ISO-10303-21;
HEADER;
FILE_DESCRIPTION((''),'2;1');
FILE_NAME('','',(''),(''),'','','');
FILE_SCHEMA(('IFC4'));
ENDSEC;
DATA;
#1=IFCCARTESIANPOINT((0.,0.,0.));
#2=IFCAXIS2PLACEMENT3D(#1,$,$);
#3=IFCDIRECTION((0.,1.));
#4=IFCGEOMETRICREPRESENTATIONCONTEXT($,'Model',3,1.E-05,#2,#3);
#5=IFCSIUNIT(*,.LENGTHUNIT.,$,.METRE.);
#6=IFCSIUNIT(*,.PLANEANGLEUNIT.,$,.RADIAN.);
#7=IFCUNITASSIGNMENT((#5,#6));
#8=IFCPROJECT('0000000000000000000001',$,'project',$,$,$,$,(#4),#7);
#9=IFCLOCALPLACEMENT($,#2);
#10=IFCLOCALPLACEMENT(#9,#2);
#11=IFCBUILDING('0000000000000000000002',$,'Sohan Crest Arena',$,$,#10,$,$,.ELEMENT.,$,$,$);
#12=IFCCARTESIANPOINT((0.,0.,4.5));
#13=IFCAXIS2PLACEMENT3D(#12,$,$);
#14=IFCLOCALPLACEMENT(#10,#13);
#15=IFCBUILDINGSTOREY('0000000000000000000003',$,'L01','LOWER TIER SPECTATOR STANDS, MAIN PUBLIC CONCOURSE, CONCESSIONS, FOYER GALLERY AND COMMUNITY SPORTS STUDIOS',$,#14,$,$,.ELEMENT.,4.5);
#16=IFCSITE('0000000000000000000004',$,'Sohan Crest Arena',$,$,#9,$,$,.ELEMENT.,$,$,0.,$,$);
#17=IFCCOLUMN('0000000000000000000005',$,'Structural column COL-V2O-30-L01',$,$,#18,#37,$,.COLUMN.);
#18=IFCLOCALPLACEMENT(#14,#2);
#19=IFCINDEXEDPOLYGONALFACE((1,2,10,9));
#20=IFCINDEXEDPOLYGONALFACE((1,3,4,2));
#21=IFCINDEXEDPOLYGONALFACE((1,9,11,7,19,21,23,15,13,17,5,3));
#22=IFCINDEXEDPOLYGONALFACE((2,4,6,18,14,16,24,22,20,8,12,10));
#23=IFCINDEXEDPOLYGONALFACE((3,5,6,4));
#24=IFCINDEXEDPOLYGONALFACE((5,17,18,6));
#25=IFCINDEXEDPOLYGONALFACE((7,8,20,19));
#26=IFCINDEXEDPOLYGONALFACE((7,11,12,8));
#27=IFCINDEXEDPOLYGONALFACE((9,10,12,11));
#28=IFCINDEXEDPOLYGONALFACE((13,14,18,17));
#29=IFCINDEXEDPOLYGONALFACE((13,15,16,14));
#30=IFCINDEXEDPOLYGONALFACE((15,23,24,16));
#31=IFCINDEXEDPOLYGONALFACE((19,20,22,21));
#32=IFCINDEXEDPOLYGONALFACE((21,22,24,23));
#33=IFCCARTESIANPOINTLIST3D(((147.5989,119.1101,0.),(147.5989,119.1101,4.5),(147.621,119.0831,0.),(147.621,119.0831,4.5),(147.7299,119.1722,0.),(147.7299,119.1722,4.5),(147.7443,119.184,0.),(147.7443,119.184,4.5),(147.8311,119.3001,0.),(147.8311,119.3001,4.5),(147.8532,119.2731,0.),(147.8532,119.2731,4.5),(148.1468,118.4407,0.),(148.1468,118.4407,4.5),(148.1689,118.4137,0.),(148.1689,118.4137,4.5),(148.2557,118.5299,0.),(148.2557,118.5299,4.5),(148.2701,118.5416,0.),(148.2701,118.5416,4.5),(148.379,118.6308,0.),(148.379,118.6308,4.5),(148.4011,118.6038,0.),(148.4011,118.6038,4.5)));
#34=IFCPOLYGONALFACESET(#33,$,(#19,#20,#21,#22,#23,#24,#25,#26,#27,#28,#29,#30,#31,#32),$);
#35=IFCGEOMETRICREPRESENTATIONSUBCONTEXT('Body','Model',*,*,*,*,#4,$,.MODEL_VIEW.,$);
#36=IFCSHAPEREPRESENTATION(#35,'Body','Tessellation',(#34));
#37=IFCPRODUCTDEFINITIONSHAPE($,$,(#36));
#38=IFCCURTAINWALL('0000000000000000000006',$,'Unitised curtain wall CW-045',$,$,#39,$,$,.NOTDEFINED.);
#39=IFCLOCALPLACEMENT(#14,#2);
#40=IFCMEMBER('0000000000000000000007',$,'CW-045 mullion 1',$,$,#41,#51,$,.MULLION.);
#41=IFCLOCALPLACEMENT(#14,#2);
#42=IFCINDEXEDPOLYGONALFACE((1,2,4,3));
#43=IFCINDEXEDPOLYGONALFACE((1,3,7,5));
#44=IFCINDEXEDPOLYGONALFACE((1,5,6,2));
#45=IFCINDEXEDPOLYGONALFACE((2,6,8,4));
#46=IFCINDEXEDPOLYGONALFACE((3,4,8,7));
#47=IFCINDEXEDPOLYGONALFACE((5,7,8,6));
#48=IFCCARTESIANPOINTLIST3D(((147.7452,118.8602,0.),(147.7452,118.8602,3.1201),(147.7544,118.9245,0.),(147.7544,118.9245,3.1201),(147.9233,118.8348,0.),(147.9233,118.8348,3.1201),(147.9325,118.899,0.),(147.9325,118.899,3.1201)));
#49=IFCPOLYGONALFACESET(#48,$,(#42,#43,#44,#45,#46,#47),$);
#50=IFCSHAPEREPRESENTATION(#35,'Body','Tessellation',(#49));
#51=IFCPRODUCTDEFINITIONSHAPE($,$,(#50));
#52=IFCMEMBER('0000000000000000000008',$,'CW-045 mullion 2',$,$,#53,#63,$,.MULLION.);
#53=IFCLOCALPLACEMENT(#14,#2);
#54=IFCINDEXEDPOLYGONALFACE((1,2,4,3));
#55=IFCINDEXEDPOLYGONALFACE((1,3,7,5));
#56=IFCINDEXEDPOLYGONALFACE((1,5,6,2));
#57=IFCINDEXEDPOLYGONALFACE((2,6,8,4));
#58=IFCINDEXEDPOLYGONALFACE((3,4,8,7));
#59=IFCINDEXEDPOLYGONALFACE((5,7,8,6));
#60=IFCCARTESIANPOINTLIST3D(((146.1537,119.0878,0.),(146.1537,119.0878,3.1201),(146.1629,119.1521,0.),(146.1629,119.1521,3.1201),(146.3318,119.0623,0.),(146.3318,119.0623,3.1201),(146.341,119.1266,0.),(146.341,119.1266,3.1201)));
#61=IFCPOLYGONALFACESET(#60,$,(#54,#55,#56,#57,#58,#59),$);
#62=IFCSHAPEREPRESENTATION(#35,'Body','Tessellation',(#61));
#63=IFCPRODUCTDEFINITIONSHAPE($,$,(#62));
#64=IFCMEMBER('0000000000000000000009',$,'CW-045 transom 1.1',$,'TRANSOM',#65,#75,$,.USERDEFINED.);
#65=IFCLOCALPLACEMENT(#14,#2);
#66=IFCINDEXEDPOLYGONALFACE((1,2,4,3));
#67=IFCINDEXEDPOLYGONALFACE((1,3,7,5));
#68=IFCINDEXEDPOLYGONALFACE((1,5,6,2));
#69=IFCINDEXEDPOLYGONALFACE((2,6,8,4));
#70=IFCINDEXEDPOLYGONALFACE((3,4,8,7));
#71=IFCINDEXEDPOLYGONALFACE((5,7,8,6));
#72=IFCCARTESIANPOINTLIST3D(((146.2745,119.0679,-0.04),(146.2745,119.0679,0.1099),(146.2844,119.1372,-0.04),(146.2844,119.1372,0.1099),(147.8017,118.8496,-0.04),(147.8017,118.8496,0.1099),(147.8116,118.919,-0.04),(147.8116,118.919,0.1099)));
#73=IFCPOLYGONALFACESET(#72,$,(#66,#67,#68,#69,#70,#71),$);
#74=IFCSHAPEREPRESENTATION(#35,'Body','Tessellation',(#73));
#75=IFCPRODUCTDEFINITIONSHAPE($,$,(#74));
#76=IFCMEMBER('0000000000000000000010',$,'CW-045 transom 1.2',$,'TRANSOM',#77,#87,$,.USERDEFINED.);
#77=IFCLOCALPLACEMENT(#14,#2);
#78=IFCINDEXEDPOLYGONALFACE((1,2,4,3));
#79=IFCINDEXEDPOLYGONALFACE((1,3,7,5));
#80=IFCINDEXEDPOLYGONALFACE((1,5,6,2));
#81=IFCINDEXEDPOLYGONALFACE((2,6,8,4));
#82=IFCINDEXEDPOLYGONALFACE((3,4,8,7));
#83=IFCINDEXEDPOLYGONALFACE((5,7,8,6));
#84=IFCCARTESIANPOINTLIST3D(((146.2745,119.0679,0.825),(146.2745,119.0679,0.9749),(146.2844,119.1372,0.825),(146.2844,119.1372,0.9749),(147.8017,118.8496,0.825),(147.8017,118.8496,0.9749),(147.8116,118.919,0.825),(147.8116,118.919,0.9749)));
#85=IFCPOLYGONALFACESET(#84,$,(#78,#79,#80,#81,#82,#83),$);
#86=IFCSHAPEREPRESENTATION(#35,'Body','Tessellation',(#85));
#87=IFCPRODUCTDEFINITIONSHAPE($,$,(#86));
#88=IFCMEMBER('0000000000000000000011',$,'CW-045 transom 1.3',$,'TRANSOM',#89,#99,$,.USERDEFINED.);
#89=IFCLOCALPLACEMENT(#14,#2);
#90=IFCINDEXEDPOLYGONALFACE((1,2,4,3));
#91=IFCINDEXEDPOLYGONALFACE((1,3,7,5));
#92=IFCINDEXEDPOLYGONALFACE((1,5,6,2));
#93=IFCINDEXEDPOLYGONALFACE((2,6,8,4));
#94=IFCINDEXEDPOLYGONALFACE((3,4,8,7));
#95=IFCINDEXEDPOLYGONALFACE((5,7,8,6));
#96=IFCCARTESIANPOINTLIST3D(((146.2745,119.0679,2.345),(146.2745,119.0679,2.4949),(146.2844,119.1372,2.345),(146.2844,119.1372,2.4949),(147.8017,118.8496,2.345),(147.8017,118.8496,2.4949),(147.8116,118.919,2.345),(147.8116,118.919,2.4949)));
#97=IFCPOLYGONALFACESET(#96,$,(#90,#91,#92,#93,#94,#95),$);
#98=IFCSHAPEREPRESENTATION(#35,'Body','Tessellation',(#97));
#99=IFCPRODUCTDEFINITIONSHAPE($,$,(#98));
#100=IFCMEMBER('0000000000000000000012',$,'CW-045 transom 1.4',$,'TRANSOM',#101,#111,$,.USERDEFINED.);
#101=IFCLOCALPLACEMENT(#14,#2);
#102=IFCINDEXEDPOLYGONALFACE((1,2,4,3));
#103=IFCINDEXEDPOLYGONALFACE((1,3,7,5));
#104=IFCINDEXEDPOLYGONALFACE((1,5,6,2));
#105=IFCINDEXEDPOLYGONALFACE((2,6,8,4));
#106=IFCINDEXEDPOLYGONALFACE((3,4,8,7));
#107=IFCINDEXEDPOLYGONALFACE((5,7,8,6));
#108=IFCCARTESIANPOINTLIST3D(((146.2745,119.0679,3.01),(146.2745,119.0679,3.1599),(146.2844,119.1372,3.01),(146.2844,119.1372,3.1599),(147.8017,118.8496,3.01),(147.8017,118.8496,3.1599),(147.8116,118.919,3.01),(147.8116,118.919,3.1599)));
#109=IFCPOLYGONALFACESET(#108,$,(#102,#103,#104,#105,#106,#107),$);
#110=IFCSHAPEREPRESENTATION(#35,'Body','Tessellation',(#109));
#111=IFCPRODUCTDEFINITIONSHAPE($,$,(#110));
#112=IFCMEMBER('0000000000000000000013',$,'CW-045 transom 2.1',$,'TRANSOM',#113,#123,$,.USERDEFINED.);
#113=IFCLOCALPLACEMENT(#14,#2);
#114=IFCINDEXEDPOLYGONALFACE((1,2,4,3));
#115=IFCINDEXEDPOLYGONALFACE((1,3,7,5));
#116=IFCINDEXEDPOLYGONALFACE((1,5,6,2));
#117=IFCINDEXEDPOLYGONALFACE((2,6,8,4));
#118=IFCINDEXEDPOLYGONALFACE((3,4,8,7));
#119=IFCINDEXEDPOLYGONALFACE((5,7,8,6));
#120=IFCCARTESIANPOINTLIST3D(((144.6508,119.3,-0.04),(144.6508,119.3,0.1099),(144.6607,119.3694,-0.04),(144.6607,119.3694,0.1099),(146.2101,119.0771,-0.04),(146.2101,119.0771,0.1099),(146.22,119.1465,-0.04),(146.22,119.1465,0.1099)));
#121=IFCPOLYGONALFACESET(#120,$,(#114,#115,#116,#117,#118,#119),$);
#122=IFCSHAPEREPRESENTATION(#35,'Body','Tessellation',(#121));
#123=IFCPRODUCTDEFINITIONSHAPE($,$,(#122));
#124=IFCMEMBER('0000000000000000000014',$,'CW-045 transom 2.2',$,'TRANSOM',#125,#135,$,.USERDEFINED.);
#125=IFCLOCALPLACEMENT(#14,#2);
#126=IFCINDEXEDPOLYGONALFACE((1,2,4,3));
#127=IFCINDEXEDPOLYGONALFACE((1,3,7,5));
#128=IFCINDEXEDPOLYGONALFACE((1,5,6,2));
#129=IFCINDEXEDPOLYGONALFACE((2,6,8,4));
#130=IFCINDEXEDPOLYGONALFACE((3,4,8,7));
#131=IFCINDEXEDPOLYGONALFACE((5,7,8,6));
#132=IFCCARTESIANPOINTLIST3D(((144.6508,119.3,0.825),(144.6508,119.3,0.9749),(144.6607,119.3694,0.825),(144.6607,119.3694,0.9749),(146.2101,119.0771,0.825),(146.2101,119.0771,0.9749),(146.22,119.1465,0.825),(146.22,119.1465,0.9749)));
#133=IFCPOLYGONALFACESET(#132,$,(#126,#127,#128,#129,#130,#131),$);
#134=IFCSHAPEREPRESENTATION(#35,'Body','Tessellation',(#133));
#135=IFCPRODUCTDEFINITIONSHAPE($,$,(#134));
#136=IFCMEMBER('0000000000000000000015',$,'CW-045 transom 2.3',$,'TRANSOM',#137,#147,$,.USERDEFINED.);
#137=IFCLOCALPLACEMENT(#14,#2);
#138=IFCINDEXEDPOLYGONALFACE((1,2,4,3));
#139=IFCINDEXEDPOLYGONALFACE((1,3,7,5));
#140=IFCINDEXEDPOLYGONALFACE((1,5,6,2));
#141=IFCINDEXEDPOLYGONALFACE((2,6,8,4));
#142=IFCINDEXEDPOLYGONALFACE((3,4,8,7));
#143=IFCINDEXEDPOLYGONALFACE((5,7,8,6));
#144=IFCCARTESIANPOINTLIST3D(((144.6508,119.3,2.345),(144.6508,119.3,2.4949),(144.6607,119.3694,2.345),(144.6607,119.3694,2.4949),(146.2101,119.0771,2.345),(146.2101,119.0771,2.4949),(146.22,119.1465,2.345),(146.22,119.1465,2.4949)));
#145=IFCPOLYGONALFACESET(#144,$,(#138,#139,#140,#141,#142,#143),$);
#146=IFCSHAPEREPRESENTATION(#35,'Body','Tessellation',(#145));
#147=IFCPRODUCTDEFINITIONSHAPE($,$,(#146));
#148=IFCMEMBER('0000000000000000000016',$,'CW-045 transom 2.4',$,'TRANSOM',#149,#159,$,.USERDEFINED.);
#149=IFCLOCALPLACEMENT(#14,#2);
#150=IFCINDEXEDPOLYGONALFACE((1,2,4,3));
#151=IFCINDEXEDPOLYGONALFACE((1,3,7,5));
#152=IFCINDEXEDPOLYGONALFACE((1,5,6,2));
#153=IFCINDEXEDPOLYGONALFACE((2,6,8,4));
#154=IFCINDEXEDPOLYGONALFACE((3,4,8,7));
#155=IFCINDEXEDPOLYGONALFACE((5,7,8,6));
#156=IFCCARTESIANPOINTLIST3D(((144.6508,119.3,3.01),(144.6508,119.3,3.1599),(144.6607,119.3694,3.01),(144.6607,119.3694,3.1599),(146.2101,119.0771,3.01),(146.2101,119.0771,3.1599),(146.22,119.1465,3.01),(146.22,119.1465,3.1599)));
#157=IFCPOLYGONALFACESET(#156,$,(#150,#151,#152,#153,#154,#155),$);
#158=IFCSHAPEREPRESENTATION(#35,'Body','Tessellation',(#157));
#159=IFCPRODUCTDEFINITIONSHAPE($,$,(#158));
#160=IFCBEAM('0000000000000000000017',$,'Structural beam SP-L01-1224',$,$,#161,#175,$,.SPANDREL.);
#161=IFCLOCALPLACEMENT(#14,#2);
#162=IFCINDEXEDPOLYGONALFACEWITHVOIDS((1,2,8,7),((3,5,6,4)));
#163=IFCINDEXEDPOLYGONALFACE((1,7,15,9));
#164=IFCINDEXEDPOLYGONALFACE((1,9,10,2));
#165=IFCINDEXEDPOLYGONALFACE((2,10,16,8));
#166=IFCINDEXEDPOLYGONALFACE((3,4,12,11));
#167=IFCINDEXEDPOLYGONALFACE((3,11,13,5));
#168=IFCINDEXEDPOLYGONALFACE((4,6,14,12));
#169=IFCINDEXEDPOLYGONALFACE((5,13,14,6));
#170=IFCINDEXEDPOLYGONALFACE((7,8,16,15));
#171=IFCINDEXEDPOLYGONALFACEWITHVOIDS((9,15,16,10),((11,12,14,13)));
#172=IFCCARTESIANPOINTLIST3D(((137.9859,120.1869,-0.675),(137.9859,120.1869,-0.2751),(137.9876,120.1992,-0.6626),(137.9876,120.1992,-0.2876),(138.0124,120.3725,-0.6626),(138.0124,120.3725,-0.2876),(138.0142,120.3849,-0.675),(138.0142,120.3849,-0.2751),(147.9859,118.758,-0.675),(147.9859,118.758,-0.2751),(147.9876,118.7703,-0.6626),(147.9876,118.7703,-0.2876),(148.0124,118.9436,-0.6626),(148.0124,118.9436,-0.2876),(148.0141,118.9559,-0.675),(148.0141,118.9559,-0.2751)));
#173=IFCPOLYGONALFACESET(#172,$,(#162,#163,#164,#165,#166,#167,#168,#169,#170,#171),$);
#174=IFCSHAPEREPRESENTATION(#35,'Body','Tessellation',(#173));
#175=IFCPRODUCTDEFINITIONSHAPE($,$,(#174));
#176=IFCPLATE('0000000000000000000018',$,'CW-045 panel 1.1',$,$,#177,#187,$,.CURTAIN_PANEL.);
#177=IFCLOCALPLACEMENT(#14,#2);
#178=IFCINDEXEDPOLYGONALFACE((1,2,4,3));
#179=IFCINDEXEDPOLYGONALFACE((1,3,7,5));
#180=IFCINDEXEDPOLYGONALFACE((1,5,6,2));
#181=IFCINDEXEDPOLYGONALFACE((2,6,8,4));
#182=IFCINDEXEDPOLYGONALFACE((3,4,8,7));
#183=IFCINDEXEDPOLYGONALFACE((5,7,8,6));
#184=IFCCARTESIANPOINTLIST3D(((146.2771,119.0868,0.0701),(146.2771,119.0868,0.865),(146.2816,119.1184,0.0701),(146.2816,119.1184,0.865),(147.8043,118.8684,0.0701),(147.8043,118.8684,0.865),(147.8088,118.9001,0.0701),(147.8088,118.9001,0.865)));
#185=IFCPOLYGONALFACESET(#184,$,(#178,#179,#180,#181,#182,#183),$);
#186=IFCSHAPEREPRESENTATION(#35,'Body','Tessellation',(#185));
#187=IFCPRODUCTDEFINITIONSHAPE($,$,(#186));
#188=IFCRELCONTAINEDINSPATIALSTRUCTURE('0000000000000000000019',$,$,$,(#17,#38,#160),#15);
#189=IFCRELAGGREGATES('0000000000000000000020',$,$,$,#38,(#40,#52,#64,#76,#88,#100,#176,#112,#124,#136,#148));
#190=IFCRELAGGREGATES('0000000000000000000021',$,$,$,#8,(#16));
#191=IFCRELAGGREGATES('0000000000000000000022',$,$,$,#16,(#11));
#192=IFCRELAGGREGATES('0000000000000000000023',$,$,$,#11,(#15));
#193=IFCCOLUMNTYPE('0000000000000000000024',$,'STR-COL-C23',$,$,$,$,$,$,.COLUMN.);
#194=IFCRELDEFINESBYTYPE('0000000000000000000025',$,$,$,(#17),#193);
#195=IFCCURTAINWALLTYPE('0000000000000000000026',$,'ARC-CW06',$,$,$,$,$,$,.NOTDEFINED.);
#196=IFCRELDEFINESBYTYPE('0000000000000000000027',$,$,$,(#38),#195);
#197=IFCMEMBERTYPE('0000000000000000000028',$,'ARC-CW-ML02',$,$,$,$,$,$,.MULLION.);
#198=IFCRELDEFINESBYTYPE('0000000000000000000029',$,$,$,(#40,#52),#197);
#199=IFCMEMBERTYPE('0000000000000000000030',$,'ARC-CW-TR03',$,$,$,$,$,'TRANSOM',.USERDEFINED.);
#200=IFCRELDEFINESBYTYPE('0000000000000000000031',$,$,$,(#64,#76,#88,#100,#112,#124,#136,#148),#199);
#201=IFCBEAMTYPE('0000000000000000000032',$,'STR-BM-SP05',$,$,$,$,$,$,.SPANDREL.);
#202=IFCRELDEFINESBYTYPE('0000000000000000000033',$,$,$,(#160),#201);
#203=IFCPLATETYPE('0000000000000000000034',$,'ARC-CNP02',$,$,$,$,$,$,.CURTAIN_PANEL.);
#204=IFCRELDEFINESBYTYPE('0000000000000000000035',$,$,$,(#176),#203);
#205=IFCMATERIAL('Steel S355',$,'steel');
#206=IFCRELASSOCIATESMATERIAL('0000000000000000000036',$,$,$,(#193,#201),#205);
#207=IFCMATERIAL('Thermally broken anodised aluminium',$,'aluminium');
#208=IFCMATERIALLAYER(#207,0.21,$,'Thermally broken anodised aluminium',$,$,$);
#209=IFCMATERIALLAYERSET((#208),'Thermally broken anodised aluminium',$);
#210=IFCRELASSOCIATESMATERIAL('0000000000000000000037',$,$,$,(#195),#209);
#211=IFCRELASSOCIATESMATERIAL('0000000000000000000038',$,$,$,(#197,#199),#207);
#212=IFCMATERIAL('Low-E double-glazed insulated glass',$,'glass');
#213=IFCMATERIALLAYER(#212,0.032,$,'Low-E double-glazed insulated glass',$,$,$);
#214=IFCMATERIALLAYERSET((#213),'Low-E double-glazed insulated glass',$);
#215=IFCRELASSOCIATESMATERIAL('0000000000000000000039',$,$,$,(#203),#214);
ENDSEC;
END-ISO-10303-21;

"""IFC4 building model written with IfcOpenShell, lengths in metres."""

from ifc_helpers import new_model, si_unit, direction, frame, origin, origin_2d, place, context, subcontext, project, spatial, rectangle, hollow_rectangle, i_section, extrude, material, layer, layer_set, material_profile, profile_set, type_object, element, aggregate, save


model = new_model("IFC4")

# Units and contexts
model_context = context("Model", 3, precision=1e-05, world=origin(), true_north=direction((0.0, 1.0)))
body_context = subcontext(model_context, "Body", "Model", "MODEL_VIEW")
ifc_project = project(units=[si_unit("LENGTHUNIT", "METRE"), si_unit("PLANEANGLEUNIT", "RADIAN")], contexts=[model_context])

# Site, building, storey
site_placement = place(None, origin())
site = spatial("IfcSite", under=ifc_project, at=site_placement, Name="Sohan Crest Arena", CompositionType="ELEMENT", RefElevation=0.0)
building_placement = place(site_placement, origin())
building = spatial("IfcBuilding", under=site, at=building_placement, Name="Sohan Crest Arena", CompositionType="ELEMENT")
storey_placement = place(building_placement, frame((0.0, 0.0, 4.5)))
storey = spatial("IfcBuildingStorey", under=building, at=storey_placement, Name="L01", Description="LOWER TIER SPECTATOR STANDS, MAIN PUBLIC CONCOURSE, CONCESSIONS, FOYER GALLERY AND COMMUNITY SPORTS STUDIOS", CompositionType="ELEMENT", Elevation=4.5)

# Column
ifc_material_1 = material(Name="Steel S355", Category="steel")
ifc_material_profile_1 = material_profile(ifc_material_1, i_section(OverallWidth=0.3, OverallDepth=0.8999, WebThickness=0.0186, FlangeThickness=0.0349, at=origin_2d()), Name="HEB 900")
ifc_profile_set_1 = profile_set([ifc_material_profile_1], Name="Steel S355")
column_type = type_object("IfcColumnType", Name="STR-COL-C23", PredefinedType="COLUMN", material=ifc_profile_set_1)
column_placement = place(storey_placement, frame((148.0, 118.8569, 0.0), z_axis=(0.0, 0.0, 1.0), x_axis=(0.77384, 0.633381, 0.0)))
element("IfcColumn", 1, at=column_placement, inside=storey, type_object=column_type, Name="Structural column COL-V2O-30-L01", PredefinedType="COLUMN", context=body_context, shape_type="SweptSolid", body=[
    extrude(i_section(OverallWidth=0.3, OverallDepth=0.8999, WebThickness=0.0186, FlangeThickness=0.0349, at=origin_2d()), origin(), (0.0, 0.0, 1.0), 4.5),
])

# Curtain wall, members
ifc_material_2 = material(Name="Thermally broken anodised aluminium", Category="aluminium")
ifc_layer_1 = layer(ifc_material_2, 0.21, Name="Thermally broken anodised aluminium")
ifc_layer_set_1 = layer_set([ifc_layer_1], Name="Thermally broken anodised aluminium")
curtain_wall_type = type_object("IfcCurtainWallType", Name="ARC-CW06", PredefinedType="NOTDEFINED", material=ifc_layer_set_1)
curtain_wall_placement = place(storey_placement, origin())
curtain_wall = element("IfcCurtainWall", 2, at=curtain_wall_placement, inside=storey, type_object=curtain_wall_type, Name="Unitised curtain wall CW-045", PredefinedType="NOTDEFINED")
ifc_material_profile_2 = material_profile(ifc_material_2, rectangle(XDim=0.0649, YDim=0.1799, at=origin_2d()), Name="ALU-MULL 65x180")
ifc_profile_set_2 = profile_set([ifc_material_profile_2], Name="Thermally broken anodised aluminium")
member_type_1 = type_object("IfcMemberType", Name="ARC-CW-ML02", PredefinedType="MULLION", material=ifc_profile_set_2)
member_1_placement = place(storey_placement, frame((147.8389, 118.8796, 0.0), z_axis=(0.0, 0.0, 1.0), x_axis=(-0.141549, -0.989931, 0.0)))
member_1 = element("IfcMember", 3, at=member_1_placement, type_object=member_type_1, Name="CW-045 mullion 1", PredefinedType="MULLION", context=body_context, shape_type="SweptSolid", body=[
    extrude(rectangle(XDim=0.0649, YDim=0.1799, at=origin_2d()), origin(), (0.0, 0.0, 1.0), 3.1201),
])
member_2_placement = place(storey_placement, frame((146.2473, 119.1072, 0.0), z_axis=(0.0, 0.0, 1.0), x_axis=(-0.141549, -0.989931, 0.0)))
member_2 = element("IfcMember", 4, at=member_2_placement, type_object=member_type_1, Name="CW-045 mullion 2", PredefinedType="MULLION", context=body_context, shape_type="SweptSolid", body=[
    extrude(rectangle(XDim=0.0649, YDim=0.1799, at=origin_2d()), origin(), (0.0, 0.0, 1.0), 3.1201),
])
ifc_material_profile_3 = material_profile(ifc_material_2, rectangle(XDim=0.0701, YDim=0.1499, at=origin_2d()), Name="ALU-TRAN 70x150")
ifc_profile_set_3 = profile_set([ifc_material_profile_3], Name="Thermally broken anodised aluminium")
member_type_2 = type_object("IfcMemberType", Name="ARC-CW-TR03", ElementType="TRANSOM", PredefinedType="USERDEFINED", material=ifc_profile_set_3)
member_3_placement = place(storey_placement, frame((147.8066, 118.8843, 0.0349), z_axis=(-0.98994, 0.141488, 0.0), x_axis=(-0.141488, -0.98994, 0.0)))
member_3 = element("IfcMember", 5, at=member_3_placement, type_object=member_type_2, Name="CW-045 transom 1.1", ObjectType="TRANSOM", PredefinedType="USERDEFINED", context=body_context, shape_type="SweptSolid", body=[
    extrude(rectangle(XDim=0.0701, YDim=0.1499, at=origin_2d()), origin(), (0.0, 0.0, 1.0), 1.5427),
])
member_4_placement = place(storey_placement, frame((147.8066, 118.8843, 0.8999), z_axis=(-0.98994, 0.141488, 0.0), x_axis=(-0.141488, -0.98994, 0.0)))
member_4 = element("IfcMember", 6, at=member_4_placement, type_object=member_type_2, Name="CW-045 transom 1.2", ObjectType="TRANSOM", PredefinedType="USERDEFINED", context=body_context, shape_type="SweptSolid", body=[
    extrude(rectangle(XDim=0.0701, YDim=0.1499, at=origin_2d()), origin(), (0.0, 0.0, 1.0), 1.5427),
])
member_5_placement = place(storey_placement, frame((147.8066, 118.8843, 2.4199), z_axis=(-0.98994, 0.141488, 0.0), x_axis=(-0.141488, -0.98994, 0.0)))
member_5 = element("IfcMember", 7, at=member_5_placement, type_object=member_type_2, Name="CW-045 transom 1.3", ObjectType="TRANSOM", PredefinedType="USERDEFINED", context=body_context, shape_type="SweptSolid", body=[
    extrude(rectangle(XDim=0.0701, YDim=0.1499, at=origin_2d()), origin(), (0.0, 0.0, 1.0), 1.5427),
])
member_6_placement = place(storey_placement, frame((147.8066, 118.8843, 3.085), z_axis=(-0.98994, 0.141488, 0.0), x_axis=(-0.141488, -0.98994, 0.0)))
member_6 = element("IfcMember", 8, at=member_6_placement, type_object=member_type_2, Name="CW-045 transom 1.4", ObjectType="TRANSOM", PredefinedType="USERDEFINED", context=body_context, shape_type="SweptSolid", body=[
    extrude(rectangle(XDim=0.0701, YDim=0.1499, at=origin_2d()), origin(), (0.0, 0.0, 1.0), 1.5427),
])
member_7_placement = place(storey_placement, frame((146.2151, 119.1118, 0.0349), z_axis=(-0.989937, 0.141508, 0.0), x_axis=(-0.141508, -0.989937, 0.0)))
member_7 = element("IfcMember", 9, at=member_7_placement, type_object=member_type_2, Name="CW-045 transom 2.1", ObjectType="TRANSOM", PredefinedType="USERDEFINED", context=body_context, shape_type="SweptSolid", body=[
    extrude(rectangle(XDim=0.0701, YDim=0.1499, at=origin_2d()), origin(), (0.0, 0.0, 1.0), 1.5752),
])
member_8_placement = place(storey_placement, frame((146.2151, 119.1118, 0.8999), z_axis=(-0.989937, 0.141508, 0.0), x_axis=(-0.141508, -0.989937, 0.0)))
member_8 = element("IfcMember", 10, at=member_8_placement, type_object=member_type_2, Name="CW-045 transom 2.2", ObjectType="TRANSOM", PredefinedType="USERDEFINED", context=body_context, shape_type="SweptSolid", body=[
    extrude(rectangle(XDim=0.0701, YDim=0.1499, at=origin_2d()), origin(), (0.0, 0.0, 1.0), 1.5752),
])
member_9_placement = place(storey_placement, frame((146.2151, 119.1118, 2.4199), z_axis=(-0.989937, 0.141508, 0.0), x_axis=(-0.141508, -0.989937, 0.0)))
member_9 = element("IfcMember", 11, at=member_9_placement, type_object=member_type_2, Name="CW-045 transom 2.3", ObjectType="TRANSOM", PredefinedType="USERDEFINED", context=body_context, shape_type="SweptSolid", body=[
    extrude(rectangle(XDim=0.0701, YDim=0.1499, at=origin_2d()), origin(), (0.0, 0.0, 1.0), 1.5752),
])
member_10_placement = place(storey_placement, frame((146.2151, 119.1118, 3.085), z_axis=(-0.989937, 0.141508, 0.0), x_axis=(-0.141508, -0.989937, 0.0)))
member_10 = element("IfcMember", 12, at=member_10_placement, type_object=member_type_2, Name="CW-045 transom 2.4", ObjectType="TRANSOM", PredefinedType="USERDEFINED", context=body_context, shape_type="SweptSolid", body=[
    extrude(rectangle(XDim=0.0701, YDim=0.1499, at=origin_2d()), origin(), (0.0, 0.0, 1.0), 1.5752),
])

# Beam
ifc_material_profile_4 = material_profile(ifc_material_1, hollow_rectangle(XDim=0.2, YDim=0.3999, WallThickness=0.0125, at=origin_2d()), Name="RHS 400x200x12.5")
ifc_profile_set_4 = profile_set([ifc_material_profile_4], Name="Steel S355")
beam_type = type_object("IfcBeamType", Name="STR-BM-SP05", PredefinedType="SPANDREL", material=ifc_profile_set_4)
beam_placement = place(storey_placement, frame((148.0, 118.8569, -0.4751), z_axis=(-0.989944, 0.141459, 0.0), x_axis=(-0.141459, -0.989944, 0.0)))
element("IfcBeam", 13, at=beam_placement, inside=storey, type_object=beam_type, Name="Structural beam SP-L01-1224", PredefinedType="SPANDREL", context=body_context, shape_type="SweptSolid", body=[
    extrude(hollow_rectangle(XDim=0.2, YDim=0.3999, WallThickness=0.0125, at=origin_2d()), origin(), (0.0, 0.0, 1.0), 10.1016),
])

# Plate
ifc_material_3 = material(Name="Low-E double-glazed insulated glass", Category="glass")
ifc_layer_2 = layer(ifc_material_3, 0.032, Name="Low-E double-glazed insulated glass")
ifc_layer_set_2 = layer_set([ifc_layer_2], Name="Low-E double-glazed insulated glass")
plate_type = type_object("IfcPlateType", Name="ARC-CNP02", PredefinedType="CURTAIN_PANEL", material=ifc_layer_set_2)
plate_1_placement = place(storey_placement, frame((147.043, 118.9934, 0.0701), z_axis=(0.0, 0.0, 1.0), x_axis=(-0.989931, 0.141549, 0.0)))
plate_1 = element("IfcPlate", 14, at=plate_1_placement, type_object=plate_type, Name="CW-045 panel 1.1", PredefinedType="CURTAIN_PANEL", context=body_context, shape_type="SweptSolid", body=[
    extrude(rectangle(XDim=1.5427, YDim=0.032, at=origin_2d()), origin(), (0.0, 0.0, 1.0), 0.7949),
])
aggregate(curtain_wall, [member_1, member_2, member_3, member_4, member_5, member_6, plate_1, member_7, member_8, member_9, member_10])

save(model, "model.ifc")
